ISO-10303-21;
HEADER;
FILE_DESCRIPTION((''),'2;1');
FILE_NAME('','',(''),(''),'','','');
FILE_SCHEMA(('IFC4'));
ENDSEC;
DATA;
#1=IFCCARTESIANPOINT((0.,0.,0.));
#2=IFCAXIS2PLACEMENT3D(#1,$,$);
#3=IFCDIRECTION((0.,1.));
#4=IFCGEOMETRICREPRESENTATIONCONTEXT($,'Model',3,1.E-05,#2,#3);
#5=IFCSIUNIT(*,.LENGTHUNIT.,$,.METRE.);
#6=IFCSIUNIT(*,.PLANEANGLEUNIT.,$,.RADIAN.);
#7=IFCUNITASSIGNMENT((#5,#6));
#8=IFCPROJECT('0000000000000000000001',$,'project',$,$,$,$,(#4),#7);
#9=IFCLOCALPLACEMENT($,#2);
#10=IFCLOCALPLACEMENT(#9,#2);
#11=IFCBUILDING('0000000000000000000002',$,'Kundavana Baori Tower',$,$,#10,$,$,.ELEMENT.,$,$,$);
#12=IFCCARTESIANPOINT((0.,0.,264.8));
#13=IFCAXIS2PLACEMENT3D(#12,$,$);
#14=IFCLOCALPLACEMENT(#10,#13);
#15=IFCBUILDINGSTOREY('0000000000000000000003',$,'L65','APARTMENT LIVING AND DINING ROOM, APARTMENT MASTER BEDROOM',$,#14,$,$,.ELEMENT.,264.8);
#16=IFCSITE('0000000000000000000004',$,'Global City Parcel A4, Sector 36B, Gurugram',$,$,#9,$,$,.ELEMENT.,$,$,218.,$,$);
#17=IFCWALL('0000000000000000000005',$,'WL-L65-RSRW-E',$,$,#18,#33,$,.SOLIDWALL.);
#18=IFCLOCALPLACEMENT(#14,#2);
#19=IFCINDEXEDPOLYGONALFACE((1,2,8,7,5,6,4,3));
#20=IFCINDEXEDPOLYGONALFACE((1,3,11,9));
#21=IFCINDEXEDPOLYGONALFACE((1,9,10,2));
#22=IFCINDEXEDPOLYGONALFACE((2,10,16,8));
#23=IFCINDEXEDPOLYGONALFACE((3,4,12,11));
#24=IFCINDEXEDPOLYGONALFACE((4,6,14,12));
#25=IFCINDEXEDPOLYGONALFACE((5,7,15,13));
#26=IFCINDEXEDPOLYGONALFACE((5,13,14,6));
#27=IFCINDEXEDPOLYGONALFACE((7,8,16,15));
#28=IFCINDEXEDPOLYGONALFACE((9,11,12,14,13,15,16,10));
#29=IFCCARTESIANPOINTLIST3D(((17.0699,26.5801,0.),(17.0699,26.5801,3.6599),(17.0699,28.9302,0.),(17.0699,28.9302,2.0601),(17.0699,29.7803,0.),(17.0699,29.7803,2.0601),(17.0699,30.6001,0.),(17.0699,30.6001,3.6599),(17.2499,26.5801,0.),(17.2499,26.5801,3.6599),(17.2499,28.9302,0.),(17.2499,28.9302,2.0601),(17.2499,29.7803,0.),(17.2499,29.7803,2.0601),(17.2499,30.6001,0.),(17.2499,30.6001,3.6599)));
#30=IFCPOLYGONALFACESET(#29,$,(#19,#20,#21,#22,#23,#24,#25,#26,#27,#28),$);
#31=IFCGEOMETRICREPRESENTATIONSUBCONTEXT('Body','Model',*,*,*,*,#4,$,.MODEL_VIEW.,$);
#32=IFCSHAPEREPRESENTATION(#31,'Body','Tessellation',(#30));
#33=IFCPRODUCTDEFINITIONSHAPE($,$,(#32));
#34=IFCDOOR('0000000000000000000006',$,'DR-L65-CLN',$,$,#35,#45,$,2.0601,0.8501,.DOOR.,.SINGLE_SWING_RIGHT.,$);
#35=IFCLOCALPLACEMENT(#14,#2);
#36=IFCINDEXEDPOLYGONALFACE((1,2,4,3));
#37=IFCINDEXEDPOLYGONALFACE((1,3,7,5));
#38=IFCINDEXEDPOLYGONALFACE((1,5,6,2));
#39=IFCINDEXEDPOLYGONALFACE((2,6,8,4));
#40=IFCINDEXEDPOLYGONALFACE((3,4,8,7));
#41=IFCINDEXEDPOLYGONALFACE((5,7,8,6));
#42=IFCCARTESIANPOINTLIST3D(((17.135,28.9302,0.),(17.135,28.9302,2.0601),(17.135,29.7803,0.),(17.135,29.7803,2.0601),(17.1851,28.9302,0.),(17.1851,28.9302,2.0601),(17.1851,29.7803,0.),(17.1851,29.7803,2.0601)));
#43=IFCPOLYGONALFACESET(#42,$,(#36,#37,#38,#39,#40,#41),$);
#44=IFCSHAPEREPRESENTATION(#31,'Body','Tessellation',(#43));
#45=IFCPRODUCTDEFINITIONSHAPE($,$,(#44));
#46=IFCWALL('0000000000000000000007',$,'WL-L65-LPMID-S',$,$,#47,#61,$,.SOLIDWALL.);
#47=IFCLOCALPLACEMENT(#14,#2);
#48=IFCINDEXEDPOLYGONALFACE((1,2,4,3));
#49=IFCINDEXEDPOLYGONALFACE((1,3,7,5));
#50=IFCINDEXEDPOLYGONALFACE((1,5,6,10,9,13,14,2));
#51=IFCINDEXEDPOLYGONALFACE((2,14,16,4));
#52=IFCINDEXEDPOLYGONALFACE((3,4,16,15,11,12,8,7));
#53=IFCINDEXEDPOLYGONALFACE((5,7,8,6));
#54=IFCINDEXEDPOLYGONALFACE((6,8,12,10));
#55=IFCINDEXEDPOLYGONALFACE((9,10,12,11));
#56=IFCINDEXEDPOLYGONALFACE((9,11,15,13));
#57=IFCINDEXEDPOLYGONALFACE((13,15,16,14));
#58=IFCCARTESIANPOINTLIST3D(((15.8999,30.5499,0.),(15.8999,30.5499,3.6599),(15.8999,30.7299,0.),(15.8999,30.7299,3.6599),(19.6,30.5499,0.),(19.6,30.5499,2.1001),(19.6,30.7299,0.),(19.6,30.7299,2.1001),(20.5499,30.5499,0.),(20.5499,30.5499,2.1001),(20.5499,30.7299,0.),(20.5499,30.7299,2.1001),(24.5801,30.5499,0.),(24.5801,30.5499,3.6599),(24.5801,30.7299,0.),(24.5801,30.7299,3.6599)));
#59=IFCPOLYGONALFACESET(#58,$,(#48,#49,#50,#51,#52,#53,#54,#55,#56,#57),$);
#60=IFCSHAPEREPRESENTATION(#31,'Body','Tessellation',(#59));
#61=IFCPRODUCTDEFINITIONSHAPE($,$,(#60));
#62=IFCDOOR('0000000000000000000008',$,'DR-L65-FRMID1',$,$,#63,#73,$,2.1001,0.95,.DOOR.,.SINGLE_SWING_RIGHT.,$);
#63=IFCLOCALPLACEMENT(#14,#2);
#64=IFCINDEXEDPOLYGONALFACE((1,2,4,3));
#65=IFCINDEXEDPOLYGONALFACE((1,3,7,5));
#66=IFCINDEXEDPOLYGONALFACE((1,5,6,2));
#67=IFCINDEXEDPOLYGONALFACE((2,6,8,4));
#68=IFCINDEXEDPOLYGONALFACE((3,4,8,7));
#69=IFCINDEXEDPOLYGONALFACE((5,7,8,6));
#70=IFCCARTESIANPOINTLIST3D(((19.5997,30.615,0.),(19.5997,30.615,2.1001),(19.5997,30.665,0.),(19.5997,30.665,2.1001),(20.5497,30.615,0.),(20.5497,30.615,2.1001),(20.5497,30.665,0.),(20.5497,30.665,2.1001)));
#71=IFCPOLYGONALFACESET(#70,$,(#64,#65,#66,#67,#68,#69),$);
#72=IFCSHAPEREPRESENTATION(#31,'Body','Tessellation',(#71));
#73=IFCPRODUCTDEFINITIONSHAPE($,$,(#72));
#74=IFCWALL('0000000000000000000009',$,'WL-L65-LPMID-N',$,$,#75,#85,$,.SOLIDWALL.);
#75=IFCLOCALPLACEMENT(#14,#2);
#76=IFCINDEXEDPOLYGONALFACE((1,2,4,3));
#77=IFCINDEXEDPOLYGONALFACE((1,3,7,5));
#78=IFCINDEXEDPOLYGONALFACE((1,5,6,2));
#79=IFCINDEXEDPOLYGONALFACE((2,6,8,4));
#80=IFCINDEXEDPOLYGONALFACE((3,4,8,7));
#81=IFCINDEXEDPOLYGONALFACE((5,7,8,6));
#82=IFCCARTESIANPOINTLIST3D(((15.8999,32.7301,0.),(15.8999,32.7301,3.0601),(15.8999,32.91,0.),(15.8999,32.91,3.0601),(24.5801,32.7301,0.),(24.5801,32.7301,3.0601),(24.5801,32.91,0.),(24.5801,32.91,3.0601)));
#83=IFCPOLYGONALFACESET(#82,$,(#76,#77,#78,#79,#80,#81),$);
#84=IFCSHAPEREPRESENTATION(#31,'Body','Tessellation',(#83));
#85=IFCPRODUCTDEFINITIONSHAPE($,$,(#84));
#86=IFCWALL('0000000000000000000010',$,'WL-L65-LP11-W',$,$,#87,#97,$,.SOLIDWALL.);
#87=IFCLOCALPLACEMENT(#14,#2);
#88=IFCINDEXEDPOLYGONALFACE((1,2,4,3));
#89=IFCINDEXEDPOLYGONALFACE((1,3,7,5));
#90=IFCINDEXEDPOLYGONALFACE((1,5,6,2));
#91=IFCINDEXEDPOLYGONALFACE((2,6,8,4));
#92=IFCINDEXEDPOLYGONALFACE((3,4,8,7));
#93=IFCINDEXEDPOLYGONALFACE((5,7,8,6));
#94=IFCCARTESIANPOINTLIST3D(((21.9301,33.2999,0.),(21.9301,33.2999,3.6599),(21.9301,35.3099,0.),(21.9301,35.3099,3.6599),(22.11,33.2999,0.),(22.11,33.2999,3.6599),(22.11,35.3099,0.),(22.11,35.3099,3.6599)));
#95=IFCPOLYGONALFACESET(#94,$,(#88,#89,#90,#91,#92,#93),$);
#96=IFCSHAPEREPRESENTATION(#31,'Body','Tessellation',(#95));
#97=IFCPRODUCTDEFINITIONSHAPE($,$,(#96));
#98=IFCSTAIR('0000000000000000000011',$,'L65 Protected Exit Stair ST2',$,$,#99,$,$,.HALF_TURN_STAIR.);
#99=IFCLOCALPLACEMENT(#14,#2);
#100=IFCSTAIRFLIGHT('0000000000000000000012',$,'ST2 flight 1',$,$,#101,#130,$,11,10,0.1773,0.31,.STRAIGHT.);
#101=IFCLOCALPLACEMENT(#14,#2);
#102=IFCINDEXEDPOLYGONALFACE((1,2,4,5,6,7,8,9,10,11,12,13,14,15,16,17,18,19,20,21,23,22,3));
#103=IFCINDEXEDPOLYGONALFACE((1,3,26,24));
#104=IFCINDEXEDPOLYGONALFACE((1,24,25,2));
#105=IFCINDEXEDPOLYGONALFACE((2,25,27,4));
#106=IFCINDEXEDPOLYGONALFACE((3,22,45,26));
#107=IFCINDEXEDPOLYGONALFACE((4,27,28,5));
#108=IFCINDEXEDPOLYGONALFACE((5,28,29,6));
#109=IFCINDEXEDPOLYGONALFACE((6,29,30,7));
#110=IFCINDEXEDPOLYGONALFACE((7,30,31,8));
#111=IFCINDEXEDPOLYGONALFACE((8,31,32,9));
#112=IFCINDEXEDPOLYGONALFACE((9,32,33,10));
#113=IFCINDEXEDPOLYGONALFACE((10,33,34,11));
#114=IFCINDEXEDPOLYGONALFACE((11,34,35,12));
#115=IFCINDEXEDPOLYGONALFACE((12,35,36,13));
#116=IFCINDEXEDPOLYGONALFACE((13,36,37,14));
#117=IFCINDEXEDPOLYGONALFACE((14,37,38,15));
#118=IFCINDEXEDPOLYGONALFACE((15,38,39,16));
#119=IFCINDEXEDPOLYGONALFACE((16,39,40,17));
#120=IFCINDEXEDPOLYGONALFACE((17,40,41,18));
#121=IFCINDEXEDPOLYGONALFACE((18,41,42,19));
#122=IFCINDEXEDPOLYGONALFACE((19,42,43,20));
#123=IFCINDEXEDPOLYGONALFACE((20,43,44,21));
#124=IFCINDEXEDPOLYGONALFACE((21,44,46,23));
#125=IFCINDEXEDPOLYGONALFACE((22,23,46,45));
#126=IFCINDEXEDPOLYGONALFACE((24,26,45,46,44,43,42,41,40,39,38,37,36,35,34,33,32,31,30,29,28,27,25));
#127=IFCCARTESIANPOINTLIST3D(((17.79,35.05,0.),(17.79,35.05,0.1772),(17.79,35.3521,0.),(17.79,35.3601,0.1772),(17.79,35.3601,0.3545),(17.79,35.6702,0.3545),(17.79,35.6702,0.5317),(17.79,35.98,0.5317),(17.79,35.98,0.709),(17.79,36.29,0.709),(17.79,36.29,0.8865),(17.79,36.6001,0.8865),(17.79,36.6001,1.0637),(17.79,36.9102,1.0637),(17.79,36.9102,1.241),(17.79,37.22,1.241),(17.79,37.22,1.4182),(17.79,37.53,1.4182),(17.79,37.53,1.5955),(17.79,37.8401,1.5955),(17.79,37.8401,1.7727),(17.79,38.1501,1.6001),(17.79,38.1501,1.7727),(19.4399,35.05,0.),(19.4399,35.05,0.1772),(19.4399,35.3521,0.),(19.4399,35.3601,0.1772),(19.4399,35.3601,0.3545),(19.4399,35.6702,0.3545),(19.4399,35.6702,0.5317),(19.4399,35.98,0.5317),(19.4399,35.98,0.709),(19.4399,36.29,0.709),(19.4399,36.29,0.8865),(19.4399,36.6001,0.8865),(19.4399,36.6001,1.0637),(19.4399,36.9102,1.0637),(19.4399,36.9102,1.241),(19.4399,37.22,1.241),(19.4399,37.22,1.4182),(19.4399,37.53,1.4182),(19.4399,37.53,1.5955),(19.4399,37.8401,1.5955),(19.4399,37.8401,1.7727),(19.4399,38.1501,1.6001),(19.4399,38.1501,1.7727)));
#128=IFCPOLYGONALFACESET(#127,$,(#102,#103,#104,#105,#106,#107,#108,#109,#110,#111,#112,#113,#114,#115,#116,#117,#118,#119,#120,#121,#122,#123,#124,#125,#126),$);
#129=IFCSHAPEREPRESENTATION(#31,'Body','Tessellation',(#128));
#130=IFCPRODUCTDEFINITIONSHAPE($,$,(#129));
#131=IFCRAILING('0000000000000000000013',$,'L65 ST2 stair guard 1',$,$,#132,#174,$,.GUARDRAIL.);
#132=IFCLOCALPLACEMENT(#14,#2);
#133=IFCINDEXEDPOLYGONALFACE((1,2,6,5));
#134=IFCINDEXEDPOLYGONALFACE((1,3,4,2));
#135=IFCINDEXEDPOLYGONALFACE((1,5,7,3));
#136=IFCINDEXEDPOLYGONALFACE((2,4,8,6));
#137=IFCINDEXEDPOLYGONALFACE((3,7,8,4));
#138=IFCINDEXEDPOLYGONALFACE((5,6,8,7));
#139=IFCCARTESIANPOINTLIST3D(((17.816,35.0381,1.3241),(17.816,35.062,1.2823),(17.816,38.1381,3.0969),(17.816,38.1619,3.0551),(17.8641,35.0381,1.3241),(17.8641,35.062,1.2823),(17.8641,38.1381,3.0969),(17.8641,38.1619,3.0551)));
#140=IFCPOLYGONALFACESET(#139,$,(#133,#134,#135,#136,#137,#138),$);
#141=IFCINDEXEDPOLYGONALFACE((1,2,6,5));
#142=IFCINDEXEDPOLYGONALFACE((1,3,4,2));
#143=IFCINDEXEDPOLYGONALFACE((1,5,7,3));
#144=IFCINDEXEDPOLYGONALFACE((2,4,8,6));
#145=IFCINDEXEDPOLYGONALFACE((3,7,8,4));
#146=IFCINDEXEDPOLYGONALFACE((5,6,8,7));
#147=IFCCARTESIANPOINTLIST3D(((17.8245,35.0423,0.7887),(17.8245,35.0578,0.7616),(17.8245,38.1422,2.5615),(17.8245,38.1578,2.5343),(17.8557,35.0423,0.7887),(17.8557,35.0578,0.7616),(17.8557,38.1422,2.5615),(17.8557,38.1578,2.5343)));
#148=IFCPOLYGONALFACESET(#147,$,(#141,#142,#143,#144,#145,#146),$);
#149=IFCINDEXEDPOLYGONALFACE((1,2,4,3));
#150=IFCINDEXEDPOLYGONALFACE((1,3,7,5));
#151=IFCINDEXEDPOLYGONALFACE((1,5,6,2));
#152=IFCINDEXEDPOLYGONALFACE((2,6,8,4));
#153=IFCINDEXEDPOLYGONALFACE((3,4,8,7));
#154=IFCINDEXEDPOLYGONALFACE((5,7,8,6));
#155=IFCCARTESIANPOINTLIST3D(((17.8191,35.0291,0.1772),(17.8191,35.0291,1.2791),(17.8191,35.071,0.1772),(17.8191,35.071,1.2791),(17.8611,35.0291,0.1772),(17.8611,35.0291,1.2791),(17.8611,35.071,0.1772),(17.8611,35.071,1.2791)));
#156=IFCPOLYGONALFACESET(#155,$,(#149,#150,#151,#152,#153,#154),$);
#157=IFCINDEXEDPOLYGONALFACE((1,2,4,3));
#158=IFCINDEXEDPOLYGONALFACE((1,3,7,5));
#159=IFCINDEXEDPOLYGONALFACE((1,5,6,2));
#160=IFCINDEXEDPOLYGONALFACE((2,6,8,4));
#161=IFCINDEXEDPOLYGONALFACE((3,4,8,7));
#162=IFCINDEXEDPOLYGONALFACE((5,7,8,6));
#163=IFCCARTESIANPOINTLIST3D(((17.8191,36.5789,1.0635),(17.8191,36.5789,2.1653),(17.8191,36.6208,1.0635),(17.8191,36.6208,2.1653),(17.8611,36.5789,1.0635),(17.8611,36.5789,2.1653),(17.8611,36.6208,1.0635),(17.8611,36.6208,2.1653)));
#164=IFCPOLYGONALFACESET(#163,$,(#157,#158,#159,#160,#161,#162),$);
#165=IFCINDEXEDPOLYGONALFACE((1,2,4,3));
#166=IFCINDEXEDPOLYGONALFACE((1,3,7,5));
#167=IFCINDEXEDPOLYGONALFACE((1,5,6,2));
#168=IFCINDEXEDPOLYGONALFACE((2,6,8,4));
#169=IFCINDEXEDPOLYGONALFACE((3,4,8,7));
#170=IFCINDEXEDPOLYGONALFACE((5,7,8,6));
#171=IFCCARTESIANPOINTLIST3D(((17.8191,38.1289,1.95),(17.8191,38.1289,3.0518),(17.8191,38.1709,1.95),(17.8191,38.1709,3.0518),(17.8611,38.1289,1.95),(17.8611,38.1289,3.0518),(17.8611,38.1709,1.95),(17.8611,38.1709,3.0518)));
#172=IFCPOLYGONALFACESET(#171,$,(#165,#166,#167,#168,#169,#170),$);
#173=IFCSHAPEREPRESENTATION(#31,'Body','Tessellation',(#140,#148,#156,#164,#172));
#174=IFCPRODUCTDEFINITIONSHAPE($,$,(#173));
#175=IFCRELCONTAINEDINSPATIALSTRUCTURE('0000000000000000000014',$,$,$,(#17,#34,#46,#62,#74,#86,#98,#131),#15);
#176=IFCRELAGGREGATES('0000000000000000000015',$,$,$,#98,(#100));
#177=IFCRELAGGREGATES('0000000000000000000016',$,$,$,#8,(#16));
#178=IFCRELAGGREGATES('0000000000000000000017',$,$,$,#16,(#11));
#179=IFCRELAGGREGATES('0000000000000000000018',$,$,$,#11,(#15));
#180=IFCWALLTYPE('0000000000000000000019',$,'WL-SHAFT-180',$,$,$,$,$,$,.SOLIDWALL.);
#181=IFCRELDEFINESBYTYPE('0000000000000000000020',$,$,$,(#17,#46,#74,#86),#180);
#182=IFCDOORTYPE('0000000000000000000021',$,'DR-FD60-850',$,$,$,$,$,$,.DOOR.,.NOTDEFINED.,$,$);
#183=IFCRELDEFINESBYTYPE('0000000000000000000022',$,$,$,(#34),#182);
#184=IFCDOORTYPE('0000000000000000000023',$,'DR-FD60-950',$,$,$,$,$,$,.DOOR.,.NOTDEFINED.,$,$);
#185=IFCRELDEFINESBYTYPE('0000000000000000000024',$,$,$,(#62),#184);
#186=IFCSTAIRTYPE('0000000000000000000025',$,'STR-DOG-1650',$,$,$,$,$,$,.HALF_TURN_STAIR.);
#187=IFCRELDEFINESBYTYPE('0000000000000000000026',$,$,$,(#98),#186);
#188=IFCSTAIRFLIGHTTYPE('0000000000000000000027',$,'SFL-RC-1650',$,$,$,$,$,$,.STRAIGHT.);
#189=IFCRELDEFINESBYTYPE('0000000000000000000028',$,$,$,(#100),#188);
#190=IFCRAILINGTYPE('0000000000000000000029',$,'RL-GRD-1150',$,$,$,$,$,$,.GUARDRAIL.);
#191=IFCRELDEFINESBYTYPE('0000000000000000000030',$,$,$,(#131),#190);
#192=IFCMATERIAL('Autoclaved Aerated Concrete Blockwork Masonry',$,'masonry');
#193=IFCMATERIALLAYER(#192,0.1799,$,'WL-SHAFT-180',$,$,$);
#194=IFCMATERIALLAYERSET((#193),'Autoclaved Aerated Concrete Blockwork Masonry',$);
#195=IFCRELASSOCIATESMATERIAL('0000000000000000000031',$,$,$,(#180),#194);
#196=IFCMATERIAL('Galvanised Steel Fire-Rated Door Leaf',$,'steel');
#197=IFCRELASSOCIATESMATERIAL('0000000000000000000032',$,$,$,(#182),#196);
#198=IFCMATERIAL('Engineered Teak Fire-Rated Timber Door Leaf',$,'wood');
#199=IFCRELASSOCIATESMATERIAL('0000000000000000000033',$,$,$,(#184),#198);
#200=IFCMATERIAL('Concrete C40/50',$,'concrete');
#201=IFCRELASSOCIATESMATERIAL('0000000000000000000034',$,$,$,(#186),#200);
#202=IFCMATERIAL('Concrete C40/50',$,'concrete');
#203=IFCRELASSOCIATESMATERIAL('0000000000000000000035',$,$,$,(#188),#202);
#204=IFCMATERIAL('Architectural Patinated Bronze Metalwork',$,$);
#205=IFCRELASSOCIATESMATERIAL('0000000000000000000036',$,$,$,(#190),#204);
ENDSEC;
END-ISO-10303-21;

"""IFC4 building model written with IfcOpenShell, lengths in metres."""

from ifc_helpers import new_model, si_unit, direction, frame, frame_2d, origin, origin_2d, place, context, subcontext, project, spatial, polyline, rectangle, outline, extrude, material, layer, layer_set, type_object, element, fill, aggregate, save


model = new_model("IFC4")

# Units and contexts
model_context = context("Model", 3, precision=1e-05, world=origin(), true_north=direction((0.0, 1.0)))
body_context = subcontext(model_context, "Body", "Model", "MODEL_VIEW")
ifc_project = project(units=[si_unit("LENGTHUNIT", "METRE"), si_unit("PLANEANGLEUNIT", "RADIAN")], contexts=[model_context])

# Site, building, storey
site_placement = place(None, origin())
site = spatial("IfcSite", under=ifc_project, at=site_placement, Name="Global City Parcel A4, Sector 36B, Gurugram", CompositionType="ELEMENT", RefElevation=218.0)
building_placement = place(site_placement, origin())
building = spatial("IfcBuilding", under=site, at=building_placement, Name="Kundavana Baori Tower", CompositionType="ELEMENT")
storey_placement = place(building_placement, frame((0.0, 0.0, 264.8)))
storey = spatial("IfcBuildingStorey", under=building, at=storey_placement, Name="L65", Description="APARTMENT LIVING AND DINING ROOM, APARTMENT MASTER BEDROOM", CompositionType="ELEMENT", Elevation=264.8)

# Shared definitions
ifc_material_1 = material(Name="Autoclaved Aerated Concrete Blockwork Masonry", Category="masonry")
ifc_layer_1 = layer(ifc_material_1, 0.1799, Name="WL-SHAFT-180")
ifc_layer_set_1 = layer_set([ifc_layer_1], Name="Autoclaved Aerated Concrete Blockwork Masonry")
wall_type_1 = type_object("IfcWallType", Name="WL-SHAFT-180", PredefinedType="SOLIDWALL", material=ifc_layer_set_1)
ifc_material_2 = material(Name="Galvanised Steel Fire-Rated Door Leaf", Category="steel")
door_type_1 = type_object("IfcDoorType", Name="DR-FD60-850", OperationType="NOTDEFINED", PredefinedType="DOOR", material=ifc_material_2)
ifc_material_3 = material(Name="Engineered Teak Fire-Rated Timber Door Leaf", Category="wood")
door_type_2 = type_object("IfcDoorType", Name="DR-FD60-950", OperationType="NOTDEFINED", PredefinedType="DOOR", material=ifc_material_3)

# Walls, openings, doors
wall_1_placement = place(storey_placement, frame((17.1599, 26.5801, 0.0), z_axis=(0.0, 0.0, 1.0), x_axis=(0.0, 1.0, 0.0)))
wall_1 = element("IfcWall", 1, at=wall_1_placement, inside=storey, type_object=wall_type_1, Name="WL-L65-RSRW-E", PredefinedType="SOLIDWALL", context=body_context, shape_type="SweptSolid", body=[
    extrude(rectangle(XDim=4.02, YDim=0.1799, at=frame_2d((2.01, 0.0))), origin(), (0.0, 0.0, 1.0), 3.6599),
])
opening_1_placement = place(wall_1_placement, frame((2.3501, 0.0, 0.0)))
opening_1 = element("IfcOpeningElement", 2, at=opening_1_placement, cuts=wall_1, PredefinedType="OPENING", context=body_context, shape_type="SweptSolid", body=[
    extrude(rectangle(XDim=0.8501, YDim=2.0601, at=frame_2d((0.425, 1.03))), frame((0.0, 0.1001, 0.0), z_axis=(0.0, -1.0, 0.0), x_axis=(1.0, 0.0, 0.0)), (0.0, 0.0, 1.0), 0.2),
])
door_1_placement = place(opening_1_placement, origin())
door_1 = element("IfcDoor", 3, at=door_1_placement, inside=storey, type_object=door_type_1, Name="DR-L65-CLN", OperationType="SINGLE_SWING_RIGHT", OverallHeight=2.0601, OverallWidth=0.8501, PredefinedType="DOOR", context=body_context, shape_type="SweptSolid", body=[
    extrude(rectangle(XDim=0.8501, YDim=2.0601, at=frame_2d((0.425, 1.03))), frame((0.0, 0.0249, 0.0), z_axis=(0.0, -1.0, 0.0), x_axis=(1.0, 0.0, 0.0)), (0.0, 0.0, 1.0), 0.05),
])
fill(opening_1, door_1)
wall_2_placement = place(storey_placement, frame((15.8999, 30.6399, 0.0), z_axis=(0.0, 0.0, 1.0), x_axis=(1.0, 0.0, 0.0)))
wall_2 = element("IfcWall", 4, at=wall_2_placement, inside=storey, type_object=wall_type_1, Name="WL-L65-LPMID-S", PredefinedType="SOLIDWALL", context=body_context, shape_type="SweptSolid", body=[
    extrude(rectangle(XDim=8.6802, YDim=0.1799, at=frame_2d((4.3401, 0.0))), origin(), (0.0, 0.0, 1.0), 3.6599),
])
opening_2_placement = place(wall_2_placement, frame((3.7, 0.0, 0.0)))
opening_2 = element("IfcOpeningElement", 5, at=opening_2_placement, cuts=wall_2, PredefinedType="OPENING", context=body_context, shape_type="SweptSolid", body=[
    extrude(rectangle(XDim=0.95, YDim=2.1001, at=frame_2d((0.4751, 1.05))), frame((0.0, 0.1001, 0.0), z_axis=(0.0, -1.0, 0.0), x_axis=(1.0, 0.0, 0.0)), (0.0, 0.0, 1.0), 0.2),
])
door_2_placement = place(opening_2_placement, frame((0.95, 0.0, 0.0), z_axis=(0.0, 0.0, 1.0), x_axis=(-1.0, 0.0, 0.0)))
door_2 = element("IfcDoor", 6, at=door_2_placement, inside=storey, type_object=door_type_2, Name="DR-L65-FRMID1", OperationType="SINGLE_SWING_RIGHT", OverallHeight=2.1001, OverallWidth=0.95, PredefinedType="DOOR", context=body_context, shape_type="SweptSolid", body=[
    extrude(rectangle(XDim=0.95, YDim=2.1001, at=frame_2d((0.4751, 1.05))), frame((0.0, 0.0249, 0.0), z_axis=(0.0, -1.0, 0.0), x_axis=(1.0, 0.0, 0.0)), (0.0, 0.0, 1.0), 0.05),
])
fill(opening_2, door_2)

# Walls
wall_3_placement = place(storey_placement, frame((15.8999, 32.8201, 0.0), z_axis=(0.0, 0.0, 1.0), x_axis=(1.0, 0.0, 0.0)))
element("IfcWall", 7, at=wall_3_placement, inside=storey, type_object=wall_type_1, Name="WL-L65-LPMID-N", PredefinedType="SOLIDWALL", context=body_context, shape_type="SweptSolid", body=[
    extrude(rectangle(XDim=8.6802, YDim=0.1799, at=frame_2d((4.3401, 0.0))), origin(), (0.0, 0.0, 1.0), 3.0601),
])
wall_4_placement = place(storey_placement, frame((22.02, 33.3, 0.0), z_axis=(0.0, 0.0, 1.0), x_axis=(0.0, 1.0, 0.0)))
element("IfcWall", 8, at=wall_4_placement, inside=storey, type_object=wall_type_1, Name="WL-L65-LP11-W", PredefinedType="SOLIDWALL", context=body_context, shape_type="SweptSolid", body=[
    extrude(rectangle(XDim=2.01, YDim=0.1799, at=frame_2d((1.0049, 0.0))), origin(), (0.0, 0.0, 1.0), 3.6599),
])

# Stair, stair flight
ifc_material_4 = material(Name="Concrete C40/50", Category="concrete")
stair_type = type_object("IfcStairType", Name="STR-DOG-1650", PredefinedType="HALF_TURN_STAIR", material=ifc_material_4)
stair_placement = place(storey_placement, origin())
stair = element("IfcStair", 9, at=stair_placement, inside=storey, type_object=stair_type, Name="L65 Protected Exit Stair ST2", PredefinedType="HALF_TURN_STAIR")
ifc_material_5 = material(Name="Concrete C40/50", Category="concrete")
stair_flight_type = type_object("IfcStairFlightType", Name="SFL-RC-1650", PredefinedType="STRAIGHT", material=ifc_material_5)
stair_flight_placement = place(storey_placement, frame((18.615, 35.05, 0.0), z_axis=(0.0, 0.0, 1.0), x_axis=(0.0, 1.0, 0.0)))
stair_flight = element("IfcStairFlight", 10, at=stair_flight_placement, type_object=stair_flight_type, Name="ST2 flight 1", NumberOfRisers=11, NumberOfTreads=10, PredefinedType="STRAIGHT", RiserHeight=0.1773, TreadLength=0.31, context=body_context, shape_type="SweptSolid", body=[
    extrude(outline(polyline([(0.0, 0.0), (0.0, 0.1772), (0.3101, 0.1772), (0.3101, 0.3545), (0.6201, 0.3545), (0.6201, 0.5317), (0.9299, 0.5317), (0.9299, 0.709), (1.24, 0.709), (1.24, 0.8865), (1.55, 0.8865), (1.55, 1.0637), (1.8601, 1.0637), (1.8601, 1.241), (2.1699, 1.241), (2.1699, 1.4182), (2.48, 1.4182), (2.48, 1.5955), (2.79, 1.5955), (2.79, 1.7727), (3.1001, 1.7727), (3.1001, 1.95), (3.1001, 1.6001), (0.302, 0.0), (0.0, 0.0)])), frame((0.0, 0.825, 0.0), z_axis=(0.0, -1.0, 0.0), x_axis=(1.0, 0.0, 0.0)), (0.0, 0.0, 1.0), 1.6499),
])
aggregate(stair, [stair_flight])

# Railing
ifc_material_6 = material(Name="Architectural Patinated Bronze Metalwork")
railing_type_1 = type_object("IfcRailingType", Name="RL-GRD-1150", PredefinedType="GUARDRAIL", material=ifc_material_6)
railing_1_placement = place(storey_placement, frame((17.8401, 35.05, 0.1772)))
element("IfcRailing", 11, at=railing_1_placement, inside=storey, type_object=railing_type_1, Name="L65 ST2 stair guard 1", PredefinedType="GUARDRAIL", context=body_context, shape_type="SweptSolid", body=[
    extrude(rectangle(XDim=0.0481, YDim=0.0481, at=origin_2d()), frame((0.0, 0.0, 1.126), z_axis=(0.0, 0.868079, 0.496426), x_axis=(-1.0, 0.0, 0.0)), (0.0, 0.0, 1.0), 3.571),
    extrude(rectangle(XDim=0.0312, YDim=0.0312, at=origin_2d()), frame((0.0, 0.0, 0.5979), z_axis=(0.0, 0.868079, 0.496426), x_axis=(-1.0, 0.0, 0.0)), (0.0, 0.0, 1.0), 3.571),
    extrude(rectangle(XDim=0.042, YDim=0.042, at=origin_2d()), origin(), (0.0, 0.0, 1.0), 1.1018),
    extrude(rectangle(XDim=0.042, YDim=0.042, at=origin_2d()), frame((0.0, 1.5498, 0.8862)), (0.0, 0.0, 1.0), 1.1018),
    extrude(rectangle(XDim=0.042, YDim=0.042, at=origin_2d()), frame((0.0, 3.0999, 1.7727)), (0.0, 0.0, 1.0), 1.1018),
])

save(model, "model.ifc")
